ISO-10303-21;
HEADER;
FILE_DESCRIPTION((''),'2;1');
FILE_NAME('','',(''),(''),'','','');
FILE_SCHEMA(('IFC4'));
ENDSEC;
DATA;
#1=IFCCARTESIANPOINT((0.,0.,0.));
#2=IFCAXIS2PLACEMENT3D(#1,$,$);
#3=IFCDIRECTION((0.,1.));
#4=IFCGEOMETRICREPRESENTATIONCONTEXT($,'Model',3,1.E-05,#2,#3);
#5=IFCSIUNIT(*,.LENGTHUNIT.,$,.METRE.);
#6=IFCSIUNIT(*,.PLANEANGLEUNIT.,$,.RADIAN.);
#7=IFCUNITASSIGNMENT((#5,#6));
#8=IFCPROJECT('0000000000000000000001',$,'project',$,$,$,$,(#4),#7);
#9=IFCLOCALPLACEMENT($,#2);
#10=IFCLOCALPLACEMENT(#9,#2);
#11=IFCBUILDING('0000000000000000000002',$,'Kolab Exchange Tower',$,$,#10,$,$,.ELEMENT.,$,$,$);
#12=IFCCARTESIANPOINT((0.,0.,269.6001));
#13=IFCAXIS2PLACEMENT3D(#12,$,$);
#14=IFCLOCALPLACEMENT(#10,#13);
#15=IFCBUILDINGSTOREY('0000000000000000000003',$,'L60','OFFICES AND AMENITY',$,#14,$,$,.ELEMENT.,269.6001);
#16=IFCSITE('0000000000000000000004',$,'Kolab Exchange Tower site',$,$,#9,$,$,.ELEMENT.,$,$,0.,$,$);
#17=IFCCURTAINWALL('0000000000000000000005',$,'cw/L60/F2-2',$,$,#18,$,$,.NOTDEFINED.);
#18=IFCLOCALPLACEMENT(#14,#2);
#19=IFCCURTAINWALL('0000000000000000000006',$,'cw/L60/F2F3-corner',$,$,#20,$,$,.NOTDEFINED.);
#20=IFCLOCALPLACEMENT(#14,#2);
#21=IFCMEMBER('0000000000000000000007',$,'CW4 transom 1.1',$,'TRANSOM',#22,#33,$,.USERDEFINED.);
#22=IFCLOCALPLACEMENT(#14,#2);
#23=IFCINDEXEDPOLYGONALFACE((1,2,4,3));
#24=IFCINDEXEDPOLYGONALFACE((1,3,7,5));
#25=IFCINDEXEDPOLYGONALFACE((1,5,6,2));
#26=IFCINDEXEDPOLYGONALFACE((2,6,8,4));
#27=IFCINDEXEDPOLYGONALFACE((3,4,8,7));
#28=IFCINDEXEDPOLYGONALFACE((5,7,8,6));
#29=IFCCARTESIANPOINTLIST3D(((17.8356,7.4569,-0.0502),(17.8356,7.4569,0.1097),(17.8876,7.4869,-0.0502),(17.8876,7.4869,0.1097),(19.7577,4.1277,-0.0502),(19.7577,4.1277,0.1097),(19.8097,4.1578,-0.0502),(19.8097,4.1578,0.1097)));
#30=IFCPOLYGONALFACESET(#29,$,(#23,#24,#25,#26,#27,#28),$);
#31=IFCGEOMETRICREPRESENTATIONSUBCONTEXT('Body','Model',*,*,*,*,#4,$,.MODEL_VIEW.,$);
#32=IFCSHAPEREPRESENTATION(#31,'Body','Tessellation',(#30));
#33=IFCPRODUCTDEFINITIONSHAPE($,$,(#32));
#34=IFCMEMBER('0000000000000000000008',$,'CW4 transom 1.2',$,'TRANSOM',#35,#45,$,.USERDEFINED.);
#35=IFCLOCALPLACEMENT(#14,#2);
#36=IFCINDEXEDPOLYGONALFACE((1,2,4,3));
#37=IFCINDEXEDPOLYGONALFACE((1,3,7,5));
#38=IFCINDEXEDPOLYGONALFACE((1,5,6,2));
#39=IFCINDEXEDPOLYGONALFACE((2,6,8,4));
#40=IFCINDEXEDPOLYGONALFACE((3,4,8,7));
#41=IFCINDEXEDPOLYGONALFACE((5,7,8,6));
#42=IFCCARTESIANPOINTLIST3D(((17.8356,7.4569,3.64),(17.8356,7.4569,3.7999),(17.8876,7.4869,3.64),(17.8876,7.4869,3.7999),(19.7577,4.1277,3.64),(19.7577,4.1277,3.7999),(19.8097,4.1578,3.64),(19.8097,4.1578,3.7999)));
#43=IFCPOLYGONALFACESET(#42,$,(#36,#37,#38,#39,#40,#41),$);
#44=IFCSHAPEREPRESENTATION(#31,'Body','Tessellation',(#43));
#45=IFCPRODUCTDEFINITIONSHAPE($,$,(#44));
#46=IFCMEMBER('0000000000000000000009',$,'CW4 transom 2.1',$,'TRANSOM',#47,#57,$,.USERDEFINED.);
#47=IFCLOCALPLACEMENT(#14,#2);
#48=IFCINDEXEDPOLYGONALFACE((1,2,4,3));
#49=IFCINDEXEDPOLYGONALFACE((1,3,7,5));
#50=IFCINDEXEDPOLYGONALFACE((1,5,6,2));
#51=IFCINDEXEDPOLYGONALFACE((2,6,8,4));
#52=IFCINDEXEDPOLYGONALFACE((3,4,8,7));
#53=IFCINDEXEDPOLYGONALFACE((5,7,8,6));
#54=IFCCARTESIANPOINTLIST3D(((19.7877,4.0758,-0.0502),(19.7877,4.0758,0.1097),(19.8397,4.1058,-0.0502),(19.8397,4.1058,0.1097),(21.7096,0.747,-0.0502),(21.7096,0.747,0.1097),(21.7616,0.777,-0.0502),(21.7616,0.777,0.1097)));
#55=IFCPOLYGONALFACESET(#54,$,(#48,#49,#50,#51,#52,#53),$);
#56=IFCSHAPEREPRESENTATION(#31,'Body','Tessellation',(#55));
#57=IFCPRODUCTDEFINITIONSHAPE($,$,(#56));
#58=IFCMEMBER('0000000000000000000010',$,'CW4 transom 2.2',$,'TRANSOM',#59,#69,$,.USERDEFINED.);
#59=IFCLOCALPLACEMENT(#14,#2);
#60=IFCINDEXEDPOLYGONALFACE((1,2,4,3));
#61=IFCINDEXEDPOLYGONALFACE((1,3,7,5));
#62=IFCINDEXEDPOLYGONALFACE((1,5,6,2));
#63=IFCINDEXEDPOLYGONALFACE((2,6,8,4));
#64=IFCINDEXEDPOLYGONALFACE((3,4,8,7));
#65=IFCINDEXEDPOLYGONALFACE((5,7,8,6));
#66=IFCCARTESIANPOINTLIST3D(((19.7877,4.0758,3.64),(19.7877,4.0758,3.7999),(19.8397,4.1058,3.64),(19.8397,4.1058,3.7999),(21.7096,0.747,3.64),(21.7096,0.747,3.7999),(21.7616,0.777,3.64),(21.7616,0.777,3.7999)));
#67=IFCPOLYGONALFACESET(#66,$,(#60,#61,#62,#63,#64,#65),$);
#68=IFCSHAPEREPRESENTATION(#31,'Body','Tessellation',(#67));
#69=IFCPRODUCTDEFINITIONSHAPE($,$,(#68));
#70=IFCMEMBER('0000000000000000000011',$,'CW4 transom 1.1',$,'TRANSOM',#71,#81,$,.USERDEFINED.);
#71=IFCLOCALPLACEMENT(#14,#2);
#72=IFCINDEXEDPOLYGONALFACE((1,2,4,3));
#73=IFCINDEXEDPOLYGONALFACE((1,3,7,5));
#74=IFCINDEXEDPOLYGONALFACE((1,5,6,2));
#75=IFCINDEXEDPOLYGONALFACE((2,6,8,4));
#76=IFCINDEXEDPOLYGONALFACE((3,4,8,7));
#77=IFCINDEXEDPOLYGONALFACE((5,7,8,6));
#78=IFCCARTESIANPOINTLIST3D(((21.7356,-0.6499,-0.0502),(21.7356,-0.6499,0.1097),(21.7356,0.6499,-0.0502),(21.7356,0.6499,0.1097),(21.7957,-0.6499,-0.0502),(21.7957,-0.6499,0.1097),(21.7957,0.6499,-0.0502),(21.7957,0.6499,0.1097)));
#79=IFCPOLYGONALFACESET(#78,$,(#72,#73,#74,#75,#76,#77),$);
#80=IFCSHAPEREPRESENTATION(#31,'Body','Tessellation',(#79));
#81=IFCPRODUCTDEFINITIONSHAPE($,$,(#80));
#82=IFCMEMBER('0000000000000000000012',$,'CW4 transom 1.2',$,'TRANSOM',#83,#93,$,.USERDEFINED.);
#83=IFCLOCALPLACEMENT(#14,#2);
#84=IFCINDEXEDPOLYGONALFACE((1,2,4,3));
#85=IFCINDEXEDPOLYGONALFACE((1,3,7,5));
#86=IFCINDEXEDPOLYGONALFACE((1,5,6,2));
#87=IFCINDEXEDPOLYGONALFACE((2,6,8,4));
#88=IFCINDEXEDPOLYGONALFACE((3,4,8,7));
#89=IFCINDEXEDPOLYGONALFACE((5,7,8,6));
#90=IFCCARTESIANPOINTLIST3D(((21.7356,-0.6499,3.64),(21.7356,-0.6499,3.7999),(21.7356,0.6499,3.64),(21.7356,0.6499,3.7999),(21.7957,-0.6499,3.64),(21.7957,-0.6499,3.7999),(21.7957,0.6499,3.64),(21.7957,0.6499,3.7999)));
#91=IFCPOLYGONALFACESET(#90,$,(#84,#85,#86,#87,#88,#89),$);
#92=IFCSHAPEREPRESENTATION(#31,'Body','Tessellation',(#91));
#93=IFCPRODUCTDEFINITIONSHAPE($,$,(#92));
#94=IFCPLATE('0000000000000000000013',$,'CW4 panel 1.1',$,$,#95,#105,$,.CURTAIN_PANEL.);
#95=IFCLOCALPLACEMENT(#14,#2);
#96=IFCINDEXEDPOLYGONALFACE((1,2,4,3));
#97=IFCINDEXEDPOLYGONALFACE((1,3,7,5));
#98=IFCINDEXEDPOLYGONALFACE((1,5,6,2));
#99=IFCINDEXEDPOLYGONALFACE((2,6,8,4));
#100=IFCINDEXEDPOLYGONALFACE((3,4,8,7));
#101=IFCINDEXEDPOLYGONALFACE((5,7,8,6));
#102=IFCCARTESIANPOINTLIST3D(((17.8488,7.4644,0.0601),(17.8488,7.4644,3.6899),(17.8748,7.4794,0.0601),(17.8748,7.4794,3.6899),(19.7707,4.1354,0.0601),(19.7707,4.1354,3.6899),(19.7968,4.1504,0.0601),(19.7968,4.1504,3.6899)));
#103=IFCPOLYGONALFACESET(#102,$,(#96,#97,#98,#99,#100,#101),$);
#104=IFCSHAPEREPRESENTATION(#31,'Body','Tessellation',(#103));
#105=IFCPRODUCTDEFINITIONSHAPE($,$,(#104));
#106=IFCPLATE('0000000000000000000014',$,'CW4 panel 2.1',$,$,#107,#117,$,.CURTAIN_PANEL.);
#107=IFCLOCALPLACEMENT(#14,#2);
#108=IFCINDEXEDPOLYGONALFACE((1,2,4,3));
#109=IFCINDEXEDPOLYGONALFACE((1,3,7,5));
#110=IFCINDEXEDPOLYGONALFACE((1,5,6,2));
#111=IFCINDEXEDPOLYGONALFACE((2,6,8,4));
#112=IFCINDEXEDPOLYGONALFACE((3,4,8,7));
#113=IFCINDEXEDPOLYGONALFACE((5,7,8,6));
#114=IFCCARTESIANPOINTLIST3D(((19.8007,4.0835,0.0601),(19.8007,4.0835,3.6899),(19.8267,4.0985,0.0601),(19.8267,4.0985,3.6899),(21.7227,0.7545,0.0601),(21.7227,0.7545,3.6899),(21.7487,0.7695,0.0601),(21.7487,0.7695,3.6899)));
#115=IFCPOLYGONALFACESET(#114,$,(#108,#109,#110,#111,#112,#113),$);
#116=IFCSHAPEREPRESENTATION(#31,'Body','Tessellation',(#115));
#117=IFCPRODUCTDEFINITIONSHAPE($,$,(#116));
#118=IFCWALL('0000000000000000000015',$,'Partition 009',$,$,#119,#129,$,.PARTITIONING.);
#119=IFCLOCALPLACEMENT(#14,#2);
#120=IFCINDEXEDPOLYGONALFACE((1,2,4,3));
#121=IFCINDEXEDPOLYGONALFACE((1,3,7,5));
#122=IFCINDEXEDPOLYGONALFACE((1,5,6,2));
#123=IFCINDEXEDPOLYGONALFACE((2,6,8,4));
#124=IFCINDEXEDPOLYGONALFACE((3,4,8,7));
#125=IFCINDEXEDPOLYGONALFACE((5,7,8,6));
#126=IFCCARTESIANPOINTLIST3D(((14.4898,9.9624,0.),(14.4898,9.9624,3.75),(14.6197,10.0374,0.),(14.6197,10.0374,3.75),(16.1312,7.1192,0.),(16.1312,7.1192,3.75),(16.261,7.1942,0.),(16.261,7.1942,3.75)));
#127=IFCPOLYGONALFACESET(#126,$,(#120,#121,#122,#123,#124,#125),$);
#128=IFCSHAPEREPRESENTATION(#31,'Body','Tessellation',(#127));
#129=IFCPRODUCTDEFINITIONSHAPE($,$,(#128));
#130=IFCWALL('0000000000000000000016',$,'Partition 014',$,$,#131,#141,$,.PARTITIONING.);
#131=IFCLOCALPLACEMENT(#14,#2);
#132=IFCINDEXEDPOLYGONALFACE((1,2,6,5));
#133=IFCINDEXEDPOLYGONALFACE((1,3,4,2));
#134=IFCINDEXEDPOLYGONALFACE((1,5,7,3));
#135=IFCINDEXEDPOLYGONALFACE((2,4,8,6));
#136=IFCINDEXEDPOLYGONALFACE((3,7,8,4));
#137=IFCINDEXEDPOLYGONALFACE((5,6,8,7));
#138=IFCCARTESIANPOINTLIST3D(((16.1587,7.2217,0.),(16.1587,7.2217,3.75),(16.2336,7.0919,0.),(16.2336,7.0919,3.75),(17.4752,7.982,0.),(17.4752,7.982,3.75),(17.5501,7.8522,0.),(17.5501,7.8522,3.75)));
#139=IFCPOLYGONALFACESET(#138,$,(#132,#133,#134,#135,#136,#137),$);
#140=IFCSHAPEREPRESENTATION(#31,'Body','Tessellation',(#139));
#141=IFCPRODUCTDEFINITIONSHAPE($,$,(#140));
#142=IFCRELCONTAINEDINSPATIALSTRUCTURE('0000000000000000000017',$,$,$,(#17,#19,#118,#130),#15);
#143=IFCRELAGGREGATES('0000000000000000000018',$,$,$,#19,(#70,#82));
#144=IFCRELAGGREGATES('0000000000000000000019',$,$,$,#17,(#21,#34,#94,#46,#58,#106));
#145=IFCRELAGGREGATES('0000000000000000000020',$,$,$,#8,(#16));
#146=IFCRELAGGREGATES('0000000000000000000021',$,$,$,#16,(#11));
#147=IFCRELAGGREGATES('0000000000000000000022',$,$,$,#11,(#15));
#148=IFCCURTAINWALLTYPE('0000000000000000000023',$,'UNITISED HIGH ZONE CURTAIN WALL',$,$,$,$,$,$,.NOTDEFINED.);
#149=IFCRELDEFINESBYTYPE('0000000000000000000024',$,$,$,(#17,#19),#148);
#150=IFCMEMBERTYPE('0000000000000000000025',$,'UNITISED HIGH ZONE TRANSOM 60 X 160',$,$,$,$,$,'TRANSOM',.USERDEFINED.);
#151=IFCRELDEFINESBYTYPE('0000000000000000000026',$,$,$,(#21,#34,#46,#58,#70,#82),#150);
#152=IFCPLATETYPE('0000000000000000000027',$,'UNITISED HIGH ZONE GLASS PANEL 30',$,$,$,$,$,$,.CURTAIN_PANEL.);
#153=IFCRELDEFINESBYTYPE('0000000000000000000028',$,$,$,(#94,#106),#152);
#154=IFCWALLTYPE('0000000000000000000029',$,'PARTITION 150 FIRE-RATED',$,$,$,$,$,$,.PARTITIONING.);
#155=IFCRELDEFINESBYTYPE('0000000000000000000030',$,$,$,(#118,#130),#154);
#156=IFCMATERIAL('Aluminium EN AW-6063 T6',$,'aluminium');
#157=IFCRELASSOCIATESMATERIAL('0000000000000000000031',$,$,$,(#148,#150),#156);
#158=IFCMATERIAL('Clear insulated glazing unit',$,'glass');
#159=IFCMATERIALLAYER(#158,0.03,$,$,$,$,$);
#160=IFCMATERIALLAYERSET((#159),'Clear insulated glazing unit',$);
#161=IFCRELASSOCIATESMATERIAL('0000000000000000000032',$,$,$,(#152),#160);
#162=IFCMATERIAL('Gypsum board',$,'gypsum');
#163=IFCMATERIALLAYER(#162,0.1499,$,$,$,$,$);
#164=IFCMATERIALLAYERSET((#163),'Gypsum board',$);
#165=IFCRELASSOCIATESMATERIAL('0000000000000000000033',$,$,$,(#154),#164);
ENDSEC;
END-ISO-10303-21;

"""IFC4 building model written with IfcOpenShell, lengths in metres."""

from ifc_helpers import new_model, si_unit, direction, frame, frame_2d, origin, origin_2d, place, context, subcontext, project, spatial, rectangle, extrude, material, layer, layer_set, material_profile, profile_set, type_object, element, aggregate, save


model = new_model("IFC4")

# Units and contexts
model_context = context("Model", 3, precision=1e-05, world=origin(), true_north=direction((0.0, 1.0)))
body_context = subcontext(model_context, "Body", "Model", "MODEL_VIEW")
ifc_project = project(units=[si_unit("LENGTHUNIT", "METRE"), si_unit("PLANEANGLEUNIT", "RADIAN")], contexts=[model_context])

# Site, building, storey
site_placement = place(None, origin())
site = spatial("IfcSite", under=ifc_project, at=site_placement, Name="Kolab Exchange Tower site", CompositionType="ELEMENT", RefElevation=0.0)
building_placement = place(site_placement, origin())
building = spatial("IfcBuilding", under=site, at=building_placement, Name="Kolab Exchange Tower", CompositionType="ELEMENT")
storey_placement = place(building_placement, frame((0.0, 0.0, 269.6001)))
storey = spatial("IfcBuildingStorey", under=building, at=storey_placement, Name="L60", Description="OFFICES AND AMENITY", CompositionType="ELEMENT", Elevation=269.6001)

# Shared definitions
ifc_material_1 = material(Name="Aluminium EN AW-6063 T6", Category="aluminium")
curtain_wall_type = type_object("IfcCurtainWallType", Name="UNITISED HIGH ZONE CURTAIN WALL", PredefinedType="NOTDEFINED", material=ifc_material_1)

# Curtain wall
curtain_wall_1_placement = place(storey_placement, origin())
curtain_wall_1 = element("IfcCurtainWall", 1, at=curtain_wall_1_placement, inside=storey, type_object=curtain_wall_type, Name="cw/L60/F2-2", PredefinedType="NOTDEFINED")

# Curtain wall
curtain_wall_2_placement = place(storey_placement, origin())
curtain_wall_2 = element("IfcCurtainWall", 2, at=curtain_wall_2_placement, inside=storey, type_object=curtain_wall_type, Name="cw/L60/F2F3-corner", PredefinedType="NOTDEFINED")

# Members
ifc_material_profile_1 = material_profile(ifc_material_1, rectangle(XDim=0.0601, YDim=0.1599, at=origin_2d()), Name="RECT 60X160")
ifc_profile_set_1 = profile_set([ifc_material_profile_1], Name="Aluminium EN AW-6063 T6")
member_type_1 = type_object("IfcMemberType", Name="UNITISED HIGH ZONE TRANSOM 60 X 160", ElementType="TRANSOM", PredefinedType="USERDEFINED", material=ifc_profile_set_1)
member_1_placement = place(storey_placement, frame((17.8616, 7.4719, 0.0298), z_axis=(0.500012, -0.866018, 0.0), x_axis=(0.866018, 0.500012, 0.0)))
member_1 = element("IfcMember", 3, at=member_1_placement, type_object=member_type_1, Name="CW4 transom 1.1", ObjectType="TRANSOM", PredefinedType="USERDEFINED", context=body_context, shape_type="SweptSolid", body=[
    extrude(rectangle(XDim=0.0601, YDim=0.1599, at=origin_2d()), origin(), (0.0, 0.0, 1.0), 3.8442),
])
member_2_placement = place(storey_placement, frame((17.8616, 7.4719, 3.72), z_axis=(0.500012, -0.866018, 0.0), x_axis=(0.866018, 0.500012, 0.0)))
member_2 = element("IfcMember", 4, at=member_2_placement, type_object=member_type_1, Name="CW4 transom 1.2", ObjectType="TRANSOM", PredefinedType="USERDEFINED", context=body_context, shape_type="SweptSolid", body=[
    extrude(rectangle(XDim=0.0601, YDim=0.1599, at=origin_2d()), origin(), (0.0, 0.0, 1.0), 3.8442),
])
member_3_placement = place(storey_placement, frame((19.8137, 4.0908, 0.0298), z_axis=(0.499992, -0.86603, 0.0), x_axis=(0.86603, 0.499992, 0.0)))
member_3 = element("IfcMember", 5, at=member_3_placement, type_object=member_type_1, Name="CW4 transom 2.1", ObjectType="TRANSOM", PredefinedType="USERDEFINED", context=body_context, shape_type="SweptSolid", body=[
    extrude(rectangle(XDim=0.0601, YDim=0.1599, at=origin_2d()), origin(), (0.0, 0.0, 1.0), 3.8438),
])
member_4_placement = place(storey_placement, frame((19.8137, 4.0908, 3.72), z_axis=(0.499992, -0.86603, 0.0), x_axis=(0.86603, 0.499992, 0.0)))
member_4 = element("IfcMember", 6, at=member_4_placement, type_object=member_type_1, Name="CW4 transom 2.2", ObjectType="TRANSOM", PredefinedType="USERDEFINED", context=body_context, shape_type="SweptSolid", body=[
    extrude(rectangle(XDim=0.0601, YDim=0.1599, at=origin_2d()), origin(), (0.0, 0.0, 1.0), 3.8438),
])
member_5_placement = place(storey_placement, frame((21.7656, 0.6499, 0.0298), z_axis=(0.0, -1.0, 0.0), x_axis=(1.0, 0.0, 0.0)))
member_5 = element("IfcMember", 7, at=member_5_placement, type_object=member_type_1, Name="CW4 transom 1.1", ObjectType="TRANSOM", PredefinedType="USERDEFINED", context=body_context, shape_type="SweptSolid", body=[
    extrude(rectangle(XDim=0.0601, YDim=0.1599, at=origin_2d()), origin(), (0.0, 0.0, 1.0), 1.2998),
])
member_6_placement = place(storey_placement, frame((21.7656, 0.6499, 3.72), z_axis=(0.0, -1.0, 0.0), x_axis=(1.0, 0.0, 0.0)))
member_6 = element("IfcMember", 8, at=member_6_placement, type_object=member_type_1, Name="CW4 transom 1.2", ObjectType="TRANSOM", PredefinedType="USERDEFINED", context=body_context, shape_type="SweptSolid", body=[
    extrude(rectangle(XDim=0.0601, YDim=0.1599, at=origin_2d()), origin(), (0.0, 0.0, 1.0), 1.2998),
])
aggregate(curtain_wall_2, [member_5, member_6])

# Plates
ifc_material_2 = material(Name="Clear insulated glazing unit", Category="glass")
ifc_layer_1 = layer(ifc_material_2, 0.03)
ifc_layer_set_1 = layer_set([ifc_layer_1], Name="Clear insulated glazing unit")
plate_type = type_object("IfcPlateType", Name="UNITISED HIGH ZONE GLASS PANEL 30", PredefinedType="CURTAIN_PANEL", material=ifc_layer_set_1)
plate_1_placement = place(storey_placement, frame((18.8228, 5.8074, 0.0601), z_axis=(0.0, 0.0, 1.0), x_axis=(0.5, -0.866025, 0.0)))
plate_1 = element("IfcPlate", 9, at=plate_1_placement, type_object=plate_type, Name="CW4 panel 1.1", PredefinedType="CURTAIN_PANEL", context=body_context, shape_type="SweptSolid", body=[
    extrude(rectangle(XDim=3.844, YDim=0.03, at=origin_2d()), origin(), (0.0, 0.0, 1.0), 3.6299),
])
plate_2_placement = place(storey_placement, frame((20.7747, 2.4265, 0.0601), z_axis=(0.0, 0.0, 1.0), x_axis=(0.5, -0.866025, 0.0)))
plate_2 = element("IfcPlate", 10, at=plate_2_placement, type_object=plate_type, Name="CW4 panel 2.1", PredefinedType="CURTAIN_PANEL", context=body_context, shape_type="SweptSolid", body=[
    extrude(rectangle(XDim=3.844, YDim=0.03, at=origin_2d()), origin(), (0.0, 0.0, 1.0), 3.6299),
])
aggregate(curtain_wall_1, [member_1, member_2, plate_1, member_3, member_4, plate_2])

# Walls
ifc_material_3 = material(Name="Gypsum board", Category="gypsum")
ifc_layer_2 = layer(ifc_material_3, 0.1499)
ifc_layer_set_2 = layer_set([ifc_layer_2], Name="Gypsum board")
wall_type_1 = type_object("IfcWallType", Name="PARTITION 150 FIRE-RATED", PredefinedType="PARTITIONING", material=ifc_layer_set_2)
wall_1_placement = place(storey_placement, frame((14.5547, 10.0, 0.0), z_axis=(0.0, 0.0, 1.0), x_axis=(0.499954, -0.866052, 0.0)))
element("IfcWall", 11, at=wall_1_placement, inside=storey, type_object=wall_type_1, Name="Partition 009", PredefinedType="PARTITIONING", context=body_context, shape_type="SweptSolid", body=[
    extrude(rectangle(XDim=3.283, YDim=0.1499, at=frame_2d((1.6416, 0.0))), origin(), (0.0, 0.0, 1.0), 3.75),
])
wall_2_placement = place(storey_placement, frame((16.196, 7.1567, 0.0), z_axis=(0.0, 0.0, 1.0), x_axis=(0.865961, 0.500112, 0.0)))
element("IfcWall", 12, at=wall_2_placement, inside=storey, type_object=wall_type_1, Name="Partition 014", PredefinedType="PARTITIONING", context=body_context, shape_type="SweptSolid", body=[
    extrude(rectangle(XDim=1.5203, YDim=0.1499, at=frame_2d((0.7603, 0.0))), origin(), (0.0, 0.0, 1.0), 3.75),
])

save(model, "model.ifc")
